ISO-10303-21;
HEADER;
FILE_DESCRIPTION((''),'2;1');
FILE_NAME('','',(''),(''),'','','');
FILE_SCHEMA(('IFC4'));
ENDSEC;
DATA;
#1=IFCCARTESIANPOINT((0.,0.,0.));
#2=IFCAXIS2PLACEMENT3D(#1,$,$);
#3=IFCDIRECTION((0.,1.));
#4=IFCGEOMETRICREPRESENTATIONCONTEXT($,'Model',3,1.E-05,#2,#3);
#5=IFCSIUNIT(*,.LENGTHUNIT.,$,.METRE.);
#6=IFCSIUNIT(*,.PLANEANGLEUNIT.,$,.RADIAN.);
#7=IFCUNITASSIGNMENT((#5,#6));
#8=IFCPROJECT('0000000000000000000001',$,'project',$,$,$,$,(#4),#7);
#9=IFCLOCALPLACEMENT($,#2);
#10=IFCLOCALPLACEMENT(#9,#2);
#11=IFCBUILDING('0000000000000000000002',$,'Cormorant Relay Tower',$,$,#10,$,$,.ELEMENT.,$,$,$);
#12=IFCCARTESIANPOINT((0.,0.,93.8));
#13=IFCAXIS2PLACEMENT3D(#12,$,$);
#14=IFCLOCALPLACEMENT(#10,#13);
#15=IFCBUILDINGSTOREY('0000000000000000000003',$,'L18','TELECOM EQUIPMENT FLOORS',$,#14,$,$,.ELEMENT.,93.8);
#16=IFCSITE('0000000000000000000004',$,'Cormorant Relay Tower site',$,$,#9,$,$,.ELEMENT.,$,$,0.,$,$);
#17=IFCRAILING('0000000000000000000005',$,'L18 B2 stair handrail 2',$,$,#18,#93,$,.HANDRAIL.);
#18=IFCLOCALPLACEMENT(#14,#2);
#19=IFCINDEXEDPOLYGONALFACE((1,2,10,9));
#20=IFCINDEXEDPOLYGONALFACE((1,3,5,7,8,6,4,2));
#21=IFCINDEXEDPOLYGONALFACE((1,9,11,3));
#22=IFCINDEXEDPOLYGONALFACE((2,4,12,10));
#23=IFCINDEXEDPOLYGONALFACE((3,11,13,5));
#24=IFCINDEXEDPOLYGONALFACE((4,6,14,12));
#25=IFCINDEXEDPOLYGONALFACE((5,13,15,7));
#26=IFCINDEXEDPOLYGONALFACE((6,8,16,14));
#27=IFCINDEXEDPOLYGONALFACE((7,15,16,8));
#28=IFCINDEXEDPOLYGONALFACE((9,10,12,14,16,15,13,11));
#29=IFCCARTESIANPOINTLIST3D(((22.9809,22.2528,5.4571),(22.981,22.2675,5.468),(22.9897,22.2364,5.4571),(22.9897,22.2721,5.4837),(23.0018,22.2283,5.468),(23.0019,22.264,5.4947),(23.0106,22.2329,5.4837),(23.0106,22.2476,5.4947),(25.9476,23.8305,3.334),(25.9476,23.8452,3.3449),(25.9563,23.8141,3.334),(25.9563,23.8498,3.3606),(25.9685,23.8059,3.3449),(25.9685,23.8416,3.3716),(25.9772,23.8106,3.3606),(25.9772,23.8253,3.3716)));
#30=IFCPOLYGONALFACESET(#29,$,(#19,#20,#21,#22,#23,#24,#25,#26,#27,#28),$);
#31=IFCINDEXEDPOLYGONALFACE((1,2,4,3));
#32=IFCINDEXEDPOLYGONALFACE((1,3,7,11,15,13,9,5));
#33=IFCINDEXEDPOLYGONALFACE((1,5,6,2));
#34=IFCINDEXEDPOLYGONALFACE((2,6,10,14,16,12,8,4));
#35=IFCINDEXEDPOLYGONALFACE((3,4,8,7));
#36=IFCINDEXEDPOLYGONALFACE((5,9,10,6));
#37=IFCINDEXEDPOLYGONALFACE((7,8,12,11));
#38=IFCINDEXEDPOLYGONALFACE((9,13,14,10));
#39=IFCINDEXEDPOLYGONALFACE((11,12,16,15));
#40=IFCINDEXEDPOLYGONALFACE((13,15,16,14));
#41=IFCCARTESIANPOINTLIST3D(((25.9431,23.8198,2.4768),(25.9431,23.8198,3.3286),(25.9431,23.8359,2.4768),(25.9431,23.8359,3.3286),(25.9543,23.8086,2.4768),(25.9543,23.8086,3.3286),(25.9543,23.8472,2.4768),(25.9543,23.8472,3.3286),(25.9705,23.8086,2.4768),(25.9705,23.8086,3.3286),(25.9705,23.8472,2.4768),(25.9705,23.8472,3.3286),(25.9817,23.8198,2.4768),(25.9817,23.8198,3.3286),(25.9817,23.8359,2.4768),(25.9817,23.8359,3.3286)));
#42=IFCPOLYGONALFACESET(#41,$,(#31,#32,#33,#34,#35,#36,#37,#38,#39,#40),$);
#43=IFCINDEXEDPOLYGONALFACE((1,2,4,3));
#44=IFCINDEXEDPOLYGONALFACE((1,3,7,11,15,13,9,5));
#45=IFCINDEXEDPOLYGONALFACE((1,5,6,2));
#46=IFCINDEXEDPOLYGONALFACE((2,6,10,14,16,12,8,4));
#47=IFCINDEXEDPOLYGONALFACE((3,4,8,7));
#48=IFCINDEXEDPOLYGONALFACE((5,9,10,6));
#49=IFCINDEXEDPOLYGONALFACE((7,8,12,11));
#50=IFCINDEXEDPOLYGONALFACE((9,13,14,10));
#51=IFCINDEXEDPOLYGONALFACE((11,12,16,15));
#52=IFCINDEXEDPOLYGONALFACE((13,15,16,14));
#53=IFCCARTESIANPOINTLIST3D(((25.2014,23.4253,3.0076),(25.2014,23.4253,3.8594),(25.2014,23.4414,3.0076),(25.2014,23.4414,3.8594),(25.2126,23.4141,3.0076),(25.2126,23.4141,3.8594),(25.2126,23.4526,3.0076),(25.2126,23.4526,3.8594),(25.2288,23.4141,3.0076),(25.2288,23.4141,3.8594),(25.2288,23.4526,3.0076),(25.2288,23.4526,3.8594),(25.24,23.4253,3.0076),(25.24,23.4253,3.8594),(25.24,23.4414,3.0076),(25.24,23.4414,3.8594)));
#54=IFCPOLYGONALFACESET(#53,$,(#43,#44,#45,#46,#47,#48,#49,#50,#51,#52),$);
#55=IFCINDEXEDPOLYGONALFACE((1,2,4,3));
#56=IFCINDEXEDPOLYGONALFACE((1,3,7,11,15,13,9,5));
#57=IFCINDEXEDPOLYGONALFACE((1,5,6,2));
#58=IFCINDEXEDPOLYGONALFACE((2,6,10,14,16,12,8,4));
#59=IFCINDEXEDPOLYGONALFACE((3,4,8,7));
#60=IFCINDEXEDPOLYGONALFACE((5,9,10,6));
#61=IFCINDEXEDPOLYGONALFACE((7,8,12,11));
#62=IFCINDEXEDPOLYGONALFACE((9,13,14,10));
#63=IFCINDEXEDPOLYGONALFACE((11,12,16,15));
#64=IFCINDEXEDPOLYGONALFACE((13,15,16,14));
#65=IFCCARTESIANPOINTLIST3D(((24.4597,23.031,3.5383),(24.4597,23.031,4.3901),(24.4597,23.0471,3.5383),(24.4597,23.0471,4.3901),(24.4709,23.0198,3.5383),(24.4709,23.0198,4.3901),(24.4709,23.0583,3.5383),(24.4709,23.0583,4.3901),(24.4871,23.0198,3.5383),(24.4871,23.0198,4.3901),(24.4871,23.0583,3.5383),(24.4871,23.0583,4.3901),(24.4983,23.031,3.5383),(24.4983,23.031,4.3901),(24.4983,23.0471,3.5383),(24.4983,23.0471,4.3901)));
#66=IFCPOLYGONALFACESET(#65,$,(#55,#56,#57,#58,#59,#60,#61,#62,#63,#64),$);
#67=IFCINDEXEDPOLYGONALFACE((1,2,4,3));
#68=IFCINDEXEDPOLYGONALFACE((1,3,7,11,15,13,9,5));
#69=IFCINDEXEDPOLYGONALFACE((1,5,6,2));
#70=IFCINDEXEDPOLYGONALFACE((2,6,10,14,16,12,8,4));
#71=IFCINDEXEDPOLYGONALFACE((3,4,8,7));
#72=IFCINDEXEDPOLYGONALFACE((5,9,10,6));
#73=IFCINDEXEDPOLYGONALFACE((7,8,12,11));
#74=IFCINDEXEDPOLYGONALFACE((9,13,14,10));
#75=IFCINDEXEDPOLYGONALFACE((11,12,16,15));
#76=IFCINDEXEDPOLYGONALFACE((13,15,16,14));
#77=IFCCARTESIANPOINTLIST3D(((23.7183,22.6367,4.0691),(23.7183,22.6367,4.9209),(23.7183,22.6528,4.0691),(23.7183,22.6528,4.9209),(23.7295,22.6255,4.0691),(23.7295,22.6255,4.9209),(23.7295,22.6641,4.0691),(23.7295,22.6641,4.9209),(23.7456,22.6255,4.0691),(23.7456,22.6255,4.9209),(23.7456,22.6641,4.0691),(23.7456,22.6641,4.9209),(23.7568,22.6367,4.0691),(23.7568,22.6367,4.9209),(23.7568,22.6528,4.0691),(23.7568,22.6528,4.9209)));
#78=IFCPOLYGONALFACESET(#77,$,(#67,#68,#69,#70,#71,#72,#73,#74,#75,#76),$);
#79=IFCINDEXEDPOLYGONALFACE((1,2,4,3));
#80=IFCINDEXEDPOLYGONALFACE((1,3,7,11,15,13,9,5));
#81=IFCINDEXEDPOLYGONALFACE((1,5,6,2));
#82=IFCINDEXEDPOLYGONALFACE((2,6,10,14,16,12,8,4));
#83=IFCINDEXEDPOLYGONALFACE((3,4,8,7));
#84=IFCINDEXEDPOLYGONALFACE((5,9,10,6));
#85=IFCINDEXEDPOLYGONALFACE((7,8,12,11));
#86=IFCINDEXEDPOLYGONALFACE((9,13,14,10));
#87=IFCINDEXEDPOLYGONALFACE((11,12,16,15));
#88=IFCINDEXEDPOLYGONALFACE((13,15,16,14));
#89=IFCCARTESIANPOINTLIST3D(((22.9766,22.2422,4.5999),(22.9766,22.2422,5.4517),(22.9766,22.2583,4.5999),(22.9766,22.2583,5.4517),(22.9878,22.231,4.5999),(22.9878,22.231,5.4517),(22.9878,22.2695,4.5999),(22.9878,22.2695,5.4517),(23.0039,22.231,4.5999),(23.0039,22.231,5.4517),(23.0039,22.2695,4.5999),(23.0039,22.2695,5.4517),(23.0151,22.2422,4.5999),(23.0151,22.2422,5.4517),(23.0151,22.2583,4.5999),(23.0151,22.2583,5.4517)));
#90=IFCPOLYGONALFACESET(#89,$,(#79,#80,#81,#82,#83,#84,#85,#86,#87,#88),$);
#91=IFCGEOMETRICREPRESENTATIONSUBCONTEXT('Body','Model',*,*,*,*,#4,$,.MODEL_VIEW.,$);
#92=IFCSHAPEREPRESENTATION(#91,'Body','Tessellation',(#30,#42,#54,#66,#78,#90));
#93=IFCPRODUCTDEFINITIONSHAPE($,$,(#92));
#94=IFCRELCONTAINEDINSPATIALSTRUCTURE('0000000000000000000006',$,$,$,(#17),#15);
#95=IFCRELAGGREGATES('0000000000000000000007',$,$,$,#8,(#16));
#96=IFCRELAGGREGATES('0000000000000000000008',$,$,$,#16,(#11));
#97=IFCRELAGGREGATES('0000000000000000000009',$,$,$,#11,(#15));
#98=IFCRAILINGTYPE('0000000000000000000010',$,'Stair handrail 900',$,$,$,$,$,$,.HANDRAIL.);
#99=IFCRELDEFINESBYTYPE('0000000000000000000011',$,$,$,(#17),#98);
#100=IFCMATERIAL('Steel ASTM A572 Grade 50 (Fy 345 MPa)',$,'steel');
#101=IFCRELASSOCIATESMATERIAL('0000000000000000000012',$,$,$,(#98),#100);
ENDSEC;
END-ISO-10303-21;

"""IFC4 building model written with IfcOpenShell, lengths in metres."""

from ifc_helpers import new_model, si_unit, direction, frame, origin, place, context, subcontext, project, spatial, polyline, outline, extrude, material, type_object, element, save


model = new_model("IFC4")

# Units and contexts
model_context = context("Model", 3, precision=1e-05, world=origin(), true_north=direction((0.0, 1.0)))
body_context = subcontext(model_context, "Body", "Model", "MODEL_VIEW")
ifc_project = project(units=[si_unit("LENGTHUNIT", "METRE"), si_unit("PLANEANGLEUNIT", "RADIAN")], contexts=[model_context])

# Site, building, storey
site_placement = place(None, origin())
site = spatial("IfcSite", under=ifc_project, at=site_placement, Name="Cormorant Relay Tower site", CompositionType="ELEMENT", RefElevation=0.0)
building_placement = place(site_placement, origin())
building = spatial("IfcBuilding", under=site, at=building_placement, Name="Cormorant Relay Tower", CompositionType="ELEMENT")
storey_placement = place(building_placement, frame((0.0, 0.0, 93.8)))
storey = spatial("IfcBuildingStorey", under=building, at=storey_placement, Name="L18", Description="TELECOM EQUIPMENT FLOORS", CompositionType="ELEMENT", Elevation=93.8)

# Railing
ifc_material_1 = material(Name="Steel ASTM A572 Grade 50 (Fy 345 MPa)", Category="steel")
railing_type_1 = type_object("IfcRailingType", Name="Stair handrail 900", PredefinedType="HANDRAIL", material=ifc_material_1)
railing_1_placement = place(storey_placement, frame((25.9624, 23.8279, 2.4768)))
element("IfcRailing", 1, at=railing_1_placement, inside=storey, type_object=railing_type_1, Name="L18 B2 stair handrail 2", PredefinedType="HANDRAIL", context=body_context, shape_type="SweptSolid", body=[
    extrude(outline(polyline([(0.0222, 0.0093), (0.0093, 0.0222), (-0.0093, 0.0222), (-0.0222, 0.0093), (-0.0222, -0.0093), (-0.0093, -0.0222), (0.0093, -0.0222), (0.0222, -0.0093), (0.0222, 0.0093)])), frame((0.0, 0.0, 0.876), z_axis=(-0.746395, -0.396939, 0.534166), x_axis=(0.469539, -0.882911, 0.0)), (0.0, 0.0, 1.0), 3.9746),
    extrude(outline(polyline([(0.0193, 0.0081), (0.0081, 0.0193), (-0.0081, 0.0193), (-0.0193, 0.0081), (-0.0193, -0.0081), (-0.0081, -0.0193), (0.0081, -0.0193), (0.0193, -0.0081), (0.0193, 0.0081)])), origin(), (0.0, 0.0, 1.0), 0.8518),
    extrude(outline(polyline([(0.0193, 0.0081), (0.0081, 0.0193), (-0.0081, 0.0193), (-0.0193, 0.0081), (-0.0193, -0.0081), (-0.0081, -0.0193), (0.0081, -0.0193), (0.0193, -0.0081), (0.0193, 0.0081)])), frame((-0.7417, -0.3945, 0.5308)), (0.0, 0.0, 1.0), 0.8518),
    extrude(outline(polyline([(0.0193, 0.0081), (0.0081, 0.0193), (-0.0081, 0.0193), (-0.0193, 0.0081), (-0.0193, -0.0081), (-0.0081, -0.0193), (0.0081, -0.0193), (0.0193, -0.0081), (0.0193, 0.0081)])), frame((-1.4834, -0.7888, 1.0615)), (0.0, 0.0, 1.0), 0.8518),
    extrude(outline(polyline([(0.0193, 0.0081), (0.0081, 0.0193), (-0.0081, 0.0193), (-0.0193, 0.0081), (-0.0193, -0.0081), (-0.0081, -0.0193), (0.0081, -0.0193), (0.0193, -0.0081), (0.0193, 0.0081)])), frame((-2.2249, -1.1831, 1.5923)), (0.0, 0.0, 1.0), 0.8518),
    extrude(outline(polyline([(0.0193, 0.0081), (0.0081, 0.0193), (-0.0081, 0.0193), (-0.0193, 0.0081), (-0.0193, -0.0081), (-0.0081, -0.0193), (0.0081, -0.0193), (0.0193, -0.0081), (0.0193, 0.0081)])), frame((-2.9666, -1.5776, 2.123)), (0.0, 0.0, 1.0), 0.8518),
])

save(model, "model.ifc")
